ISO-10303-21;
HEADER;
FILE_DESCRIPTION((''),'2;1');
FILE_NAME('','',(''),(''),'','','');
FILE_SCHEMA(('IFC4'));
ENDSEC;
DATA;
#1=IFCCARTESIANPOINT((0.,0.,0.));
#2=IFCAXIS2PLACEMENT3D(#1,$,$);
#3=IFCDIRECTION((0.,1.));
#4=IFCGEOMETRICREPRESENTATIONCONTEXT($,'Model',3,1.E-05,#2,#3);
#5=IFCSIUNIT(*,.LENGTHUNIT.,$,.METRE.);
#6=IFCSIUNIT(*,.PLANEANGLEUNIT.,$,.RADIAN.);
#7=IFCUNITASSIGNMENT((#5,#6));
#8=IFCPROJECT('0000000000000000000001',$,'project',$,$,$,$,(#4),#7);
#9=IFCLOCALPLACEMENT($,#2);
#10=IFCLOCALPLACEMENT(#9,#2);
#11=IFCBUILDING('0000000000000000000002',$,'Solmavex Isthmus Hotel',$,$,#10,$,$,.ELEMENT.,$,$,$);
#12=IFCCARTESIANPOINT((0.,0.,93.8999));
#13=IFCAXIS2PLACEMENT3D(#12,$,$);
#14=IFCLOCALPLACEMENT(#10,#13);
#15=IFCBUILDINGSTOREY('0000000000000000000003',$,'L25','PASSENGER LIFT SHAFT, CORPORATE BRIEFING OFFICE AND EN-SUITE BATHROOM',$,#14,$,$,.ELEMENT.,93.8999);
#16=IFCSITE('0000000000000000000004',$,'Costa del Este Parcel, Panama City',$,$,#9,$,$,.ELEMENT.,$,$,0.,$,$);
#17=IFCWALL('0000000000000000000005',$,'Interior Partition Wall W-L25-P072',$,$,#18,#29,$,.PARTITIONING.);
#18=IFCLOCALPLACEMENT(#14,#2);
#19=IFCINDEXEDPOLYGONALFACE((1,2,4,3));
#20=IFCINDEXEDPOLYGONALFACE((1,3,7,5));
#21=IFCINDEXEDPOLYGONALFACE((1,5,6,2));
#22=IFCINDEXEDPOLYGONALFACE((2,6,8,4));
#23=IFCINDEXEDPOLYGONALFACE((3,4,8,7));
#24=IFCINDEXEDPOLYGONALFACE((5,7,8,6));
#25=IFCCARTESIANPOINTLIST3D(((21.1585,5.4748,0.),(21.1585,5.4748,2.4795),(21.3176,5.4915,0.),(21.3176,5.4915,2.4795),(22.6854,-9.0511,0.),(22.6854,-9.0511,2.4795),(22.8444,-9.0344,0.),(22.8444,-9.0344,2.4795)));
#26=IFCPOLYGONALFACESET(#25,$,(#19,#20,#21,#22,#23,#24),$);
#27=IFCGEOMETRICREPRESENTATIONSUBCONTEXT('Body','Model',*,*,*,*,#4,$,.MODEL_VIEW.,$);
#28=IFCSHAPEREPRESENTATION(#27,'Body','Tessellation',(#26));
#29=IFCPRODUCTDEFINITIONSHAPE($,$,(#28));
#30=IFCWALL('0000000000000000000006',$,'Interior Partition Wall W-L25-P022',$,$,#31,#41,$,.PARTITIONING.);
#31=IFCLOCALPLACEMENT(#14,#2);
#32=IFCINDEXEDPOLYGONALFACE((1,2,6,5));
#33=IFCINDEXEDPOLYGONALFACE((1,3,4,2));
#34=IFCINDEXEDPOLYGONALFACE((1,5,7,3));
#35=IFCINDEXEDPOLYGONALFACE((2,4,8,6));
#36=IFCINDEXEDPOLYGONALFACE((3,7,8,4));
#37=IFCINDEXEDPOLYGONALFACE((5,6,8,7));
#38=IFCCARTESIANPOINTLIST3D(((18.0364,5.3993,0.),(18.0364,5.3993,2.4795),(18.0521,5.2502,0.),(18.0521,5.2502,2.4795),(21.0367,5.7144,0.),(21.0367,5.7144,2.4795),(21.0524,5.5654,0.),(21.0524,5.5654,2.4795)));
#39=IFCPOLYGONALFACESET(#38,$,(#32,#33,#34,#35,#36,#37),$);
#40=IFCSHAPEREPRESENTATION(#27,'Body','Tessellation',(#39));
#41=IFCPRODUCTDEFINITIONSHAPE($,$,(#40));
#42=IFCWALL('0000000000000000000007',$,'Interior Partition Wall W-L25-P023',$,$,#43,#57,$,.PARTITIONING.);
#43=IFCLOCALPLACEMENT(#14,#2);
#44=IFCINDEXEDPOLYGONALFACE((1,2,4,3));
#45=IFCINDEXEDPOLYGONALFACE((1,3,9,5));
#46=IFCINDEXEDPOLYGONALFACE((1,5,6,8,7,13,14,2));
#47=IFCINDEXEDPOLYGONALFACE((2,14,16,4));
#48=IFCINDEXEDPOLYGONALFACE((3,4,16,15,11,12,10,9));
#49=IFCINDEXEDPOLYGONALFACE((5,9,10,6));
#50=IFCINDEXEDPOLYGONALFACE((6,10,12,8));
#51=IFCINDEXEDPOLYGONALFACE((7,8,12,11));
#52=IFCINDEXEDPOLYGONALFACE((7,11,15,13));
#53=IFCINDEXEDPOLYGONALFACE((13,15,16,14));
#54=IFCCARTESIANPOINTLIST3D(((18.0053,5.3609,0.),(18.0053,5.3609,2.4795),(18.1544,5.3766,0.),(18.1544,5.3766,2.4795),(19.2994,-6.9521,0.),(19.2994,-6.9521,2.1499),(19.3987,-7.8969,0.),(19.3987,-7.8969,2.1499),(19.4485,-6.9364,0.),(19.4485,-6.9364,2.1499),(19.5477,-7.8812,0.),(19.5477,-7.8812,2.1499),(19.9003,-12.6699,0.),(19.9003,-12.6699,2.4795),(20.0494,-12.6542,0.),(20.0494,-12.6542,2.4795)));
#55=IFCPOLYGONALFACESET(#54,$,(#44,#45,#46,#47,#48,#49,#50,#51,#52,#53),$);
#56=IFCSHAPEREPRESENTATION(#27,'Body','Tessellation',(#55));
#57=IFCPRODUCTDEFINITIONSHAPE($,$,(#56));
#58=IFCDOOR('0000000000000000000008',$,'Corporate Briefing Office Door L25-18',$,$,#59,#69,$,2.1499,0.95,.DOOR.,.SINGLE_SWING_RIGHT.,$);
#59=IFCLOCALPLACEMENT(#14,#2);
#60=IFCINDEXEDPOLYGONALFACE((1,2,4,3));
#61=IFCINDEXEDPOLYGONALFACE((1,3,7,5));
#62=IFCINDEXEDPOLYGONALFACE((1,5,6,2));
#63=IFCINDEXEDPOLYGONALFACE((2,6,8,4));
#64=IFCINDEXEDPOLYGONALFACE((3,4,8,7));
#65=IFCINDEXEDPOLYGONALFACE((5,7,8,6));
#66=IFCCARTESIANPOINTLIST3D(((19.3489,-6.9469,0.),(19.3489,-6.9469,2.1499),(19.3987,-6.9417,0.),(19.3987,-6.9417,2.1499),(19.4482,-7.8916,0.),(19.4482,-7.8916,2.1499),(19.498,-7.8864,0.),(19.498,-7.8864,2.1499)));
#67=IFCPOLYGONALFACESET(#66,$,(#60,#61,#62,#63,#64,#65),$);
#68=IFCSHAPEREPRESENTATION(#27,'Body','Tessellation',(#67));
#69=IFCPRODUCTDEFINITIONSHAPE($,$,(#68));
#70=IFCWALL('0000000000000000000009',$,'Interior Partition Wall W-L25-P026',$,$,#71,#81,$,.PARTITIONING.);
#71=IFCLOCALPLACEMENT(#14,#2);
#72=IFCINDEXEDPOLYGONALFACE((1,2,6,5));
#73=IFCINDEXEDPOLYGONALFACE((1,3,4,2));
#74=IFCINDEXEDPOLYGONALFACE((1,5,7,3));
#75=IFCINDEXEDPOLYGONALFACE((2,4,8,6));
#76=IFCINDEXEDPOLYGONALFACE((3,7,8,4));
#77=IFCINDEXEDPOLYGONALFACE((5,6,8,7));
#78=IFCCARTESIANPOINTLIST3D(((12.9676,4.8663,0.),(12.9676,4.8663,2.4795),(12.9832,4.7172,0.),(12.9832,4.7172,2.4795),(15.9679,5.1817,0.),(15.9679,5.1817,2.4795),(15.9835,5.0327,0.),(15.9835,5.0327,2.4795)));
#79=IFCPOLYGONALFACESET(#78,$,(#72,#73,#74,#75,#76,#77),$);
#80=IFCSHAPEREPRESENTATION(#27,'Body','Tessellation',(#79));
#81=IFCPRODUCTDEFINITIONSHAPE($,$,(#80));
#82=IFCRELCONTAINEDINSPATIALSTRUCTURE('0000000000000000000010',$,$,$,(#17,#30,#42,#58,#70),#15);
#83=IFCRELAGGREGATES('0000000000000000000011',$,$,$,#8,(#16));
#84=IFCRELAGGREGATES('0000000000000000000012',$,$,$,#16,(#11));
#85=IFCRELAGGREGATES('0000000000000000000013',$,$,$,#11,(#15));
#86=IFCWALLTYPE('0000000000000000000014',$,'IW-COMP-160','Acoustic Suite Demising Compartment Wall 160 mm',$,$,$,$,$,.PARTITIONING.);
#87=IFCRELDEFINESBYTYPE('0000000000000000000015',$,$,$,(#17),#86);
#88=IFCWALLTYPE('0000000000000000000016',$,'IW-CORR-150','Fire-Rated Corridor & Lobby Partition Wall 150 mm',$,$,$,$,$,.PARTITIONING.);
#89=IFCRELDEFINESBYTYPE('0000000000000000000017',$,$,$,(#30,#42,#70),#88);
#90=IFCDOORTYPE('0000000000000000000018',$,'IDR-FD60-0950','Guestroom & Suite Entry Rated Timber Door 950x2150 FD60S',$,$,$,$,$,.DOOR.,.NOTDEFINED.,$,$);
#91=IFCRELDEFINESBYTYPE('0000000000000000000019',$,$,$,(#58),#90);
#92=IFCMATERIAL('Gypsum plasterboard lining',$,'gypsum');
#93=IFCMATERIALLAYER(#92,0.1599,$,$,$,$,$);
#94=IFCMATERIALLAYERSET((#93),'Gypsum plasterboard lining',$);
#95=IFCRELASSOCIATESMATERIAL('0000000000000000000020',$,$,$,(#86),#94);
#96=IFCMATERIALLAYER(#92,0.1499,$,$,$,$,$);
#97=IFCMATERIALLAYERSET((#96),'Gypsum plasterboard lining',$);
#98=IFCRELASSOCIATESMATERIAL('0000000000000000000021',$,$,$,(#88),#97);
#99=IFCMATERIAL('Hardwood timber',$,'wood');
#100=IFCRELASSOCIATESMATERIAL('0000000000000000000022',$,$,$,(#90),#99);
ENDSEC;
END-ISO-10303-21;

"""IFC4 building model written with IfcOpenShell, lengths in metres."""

from ifc_helpers import new_model, si_unit, direction, frame, frame_2d, origin, place, context, subcontext, project, spatial, rectangle, extrude, material, layer, layer_set, type_object, element, fill, save


model = new_model("IFC4")

# Units and contexts
model_context = context("Model", 3, precision=1e-05, world=origin(), true_north=direction((0.0, 1.0)))
body_context = subcontext(model_context, "Body", "Model", "MODEL_VIEW")
ifc_project = project(units=[si_unit("LENGTHUNIT", "METRE"), si_unit("PLANEANGLEUNIT", "RADIAN")], contexts=[model_context])

# Site, building, storey
site_placement = place(None, origin())
site = spatial("IfcSite", under=ifc_project, at=site_placement, Name="Costa del Este Parcel, Panama City", CompositionType="ELEMENT", RefElevation=0.0)
building_placement = place(site_placement, origin())
building = spatial("IfcBuilding", under=site, at=building_placement, Name="Solmavex Isthmus Hotel", CompositionType="ELEMENT")
storey_placement = place(building_placement, frame((0.0, 0.0, 93.8999)))
storey = spatial("IfcBuildingStorey", under=building, at=storey_placement, Name="L25", Description="PASSENGER LIFT SHAFT, CORPORATE BRIEFING OFFICE AND EN-SUITE BATHROOM", CompositionType="ELEMENT", Elevation=93.8999)

# Walls
ifc_material_1 = material(Name="Gypsum plasterboard lining", Category="gypsum")
ifc_layer_1 = layer(ifc_material_1, 0.1599)
ifc_layer_set_1 = layer_set([ifc_layer_1], Name="Gypsum plasterboard lining")
wall_type_1 = type_object("IfcWallType", Name="IW-COMP-160", Description="Acoustic Suite Demising Compartment Wall 160 mm", PredefinedType="PARTITIONING", material=ifc_layer_set_1)
wall_1_placement = place(storey_placement, frame((21.238, 5.4832, 0.0), z_axis=(0.0, 0.0, 1.0), x_axis=(0.104537, -0.994521, 0.0)))
element("IfcWall", 1, at=wall_1_placement, inside=storey, type_object=wall_type_1, Name="Interior Partition Wall W-L25-P072", PredefinedType="PARTITIONING", context=body_context, shape_type="SweptSolid", body=[
    extrude(rectangle(XDim=14.606, YDim=0.1599, at=frame_2d((7.303, 0.0))), origin(), (0.0, 0.0, 1.0), 2.4795),
])
ifc_layer_2 = layer(ifc_material_1, 0.1499)
ifc_layer_set_2 = layer_set([ifc_layer_2], Name="Gypsum plasterboard lining")
wall_type_2 = type_object("IfcWallType", Name="IW-CORR-150", Description="Fire-Rated Corridor & Lobby Partition Wall 150 mm", PredefinedType="PARTITIONING", material=ifc_layer_set_2)
wall_2_placement = place(storey_placement, frame((21.0444, 5.6399, 0.0), z_axis=(0.0, 0.0, 1.0), x_axis=(-0.994527, -0.104478, 0.0)))
element("IfcWall", 2, at=wall_2_placement, inside=storey, type_object=wall_type_2, Name="Interior Partition Wall W-L25-P022", PredefinedType="PARTITIONING", context=body_context, shape_type="SweptSolid", body=[
    extrude(rectangle(XDim=3.0168, YDim=0.1499, at=frame_2d((1.5083, 0.0))), origin(), (0.0, 0.0, 1.0), 2.4795),
])

# Wall, opening, door
wall_3_placement = place(storey_placement, frame((18.0798, 5.3687, 0.0), z_axis=(0.0, 0.0, 1.0), x_axis=(0.104524, -0.994522, 0.0)))
wall_3 = element("IfcWall", 3, at=wall_3_placement, inside=storey, type_object=wall_type_2, Name="Interior Partition Wall W-L25-P023", PredefinedType="PARTITIONING", context=body_context, shape_type="SweptSolid", body=[
    extrude(rectangle(XDim=18.1301, YDim=0.1499, at=frame_2d((9.0649, 0.0))), origin(), (0.0, 0.0, 1.0), 2.4795),
])
opening_1_placement = place(wall_3_placement, frame((12.3806, 0.0, 0.0)))
opening_1 = element("IfcOpeningElement", 4, at=opening_1_placement, cuts=wall_3, PredefinedType="OPENING", context=body_context, shape_type="SweptSolid", body=[
    extrude(rectangle(XDim=0.95, YDim=2.1499, at=frame_2d((0.4751, 1.075))), frame((0.0, 0.085, 0.0), z_axis=(0.0, -1.0, 0.0), x_axis=(1.0, 0.0, 0.0)), (0.0, 0.0, 1.0), 0.1699),
])
ifc_material_2 = material(Name="Hardwood timber", Category="wood")
door_type = type_object("IfcDoorType", Name="IDR-FD60-0950", Description="Guestroom & Suite Entry Rated Timber Door 950x2150 FD60S", OperationType="NOTDEFINED", PredefinedType="DOOR", material=ifc_material_2)
door_1_placement = place(opening_1_placement, origin())
door_1 = element("IfcDoor", 5, at=door_1_placement, inside=storey, type_object=door_type, Name="Corporate Briefing Office Door L25-18", OperationType="SINGLE_SWING_RIGHT", OverallHeight=2.1499, OverallWidth=0.95, PredefinedType="DOOR", context=body_context, shape_type="SweptSolid", body=[
    extrude(rectangle(XDim=0.95, YDim=2.1499, at=frame_2d((0.4751, 1.075))), frame((0.0, 0.0249, 0.0), z_axis=(0.0, -1.0, 0.0), x_axis=(1.0, 0.0, 0.0)), (0.0, 0.0, 1.0), 0.05),
])
fill(opening_1, door_1)

# Wall
wall_4_placement = place(storey_placement, frame((15.9756, 5.1072, 0.0), z_axis=(0.0, 0.0, 1.0), x_axis=(-0.994519, -0.104558, 0.0)))
element("IfcWall", 6, at=wall_4_placement, inside=storey, type_object=wall_type_2, Name="Interior Partition Wall W-L25-P026", PredefinedType="PARTITIONING", context=body_context, shape_type="SweptSolid", body=[
    extrude(rectangle(XDim=3.0168, YDim=0.1499, at=frame_2d((1.5083, 0.0))), origin(), (0.0, 0.0, 1.0), 2.4795),
])

save(model, "model.ifc")
